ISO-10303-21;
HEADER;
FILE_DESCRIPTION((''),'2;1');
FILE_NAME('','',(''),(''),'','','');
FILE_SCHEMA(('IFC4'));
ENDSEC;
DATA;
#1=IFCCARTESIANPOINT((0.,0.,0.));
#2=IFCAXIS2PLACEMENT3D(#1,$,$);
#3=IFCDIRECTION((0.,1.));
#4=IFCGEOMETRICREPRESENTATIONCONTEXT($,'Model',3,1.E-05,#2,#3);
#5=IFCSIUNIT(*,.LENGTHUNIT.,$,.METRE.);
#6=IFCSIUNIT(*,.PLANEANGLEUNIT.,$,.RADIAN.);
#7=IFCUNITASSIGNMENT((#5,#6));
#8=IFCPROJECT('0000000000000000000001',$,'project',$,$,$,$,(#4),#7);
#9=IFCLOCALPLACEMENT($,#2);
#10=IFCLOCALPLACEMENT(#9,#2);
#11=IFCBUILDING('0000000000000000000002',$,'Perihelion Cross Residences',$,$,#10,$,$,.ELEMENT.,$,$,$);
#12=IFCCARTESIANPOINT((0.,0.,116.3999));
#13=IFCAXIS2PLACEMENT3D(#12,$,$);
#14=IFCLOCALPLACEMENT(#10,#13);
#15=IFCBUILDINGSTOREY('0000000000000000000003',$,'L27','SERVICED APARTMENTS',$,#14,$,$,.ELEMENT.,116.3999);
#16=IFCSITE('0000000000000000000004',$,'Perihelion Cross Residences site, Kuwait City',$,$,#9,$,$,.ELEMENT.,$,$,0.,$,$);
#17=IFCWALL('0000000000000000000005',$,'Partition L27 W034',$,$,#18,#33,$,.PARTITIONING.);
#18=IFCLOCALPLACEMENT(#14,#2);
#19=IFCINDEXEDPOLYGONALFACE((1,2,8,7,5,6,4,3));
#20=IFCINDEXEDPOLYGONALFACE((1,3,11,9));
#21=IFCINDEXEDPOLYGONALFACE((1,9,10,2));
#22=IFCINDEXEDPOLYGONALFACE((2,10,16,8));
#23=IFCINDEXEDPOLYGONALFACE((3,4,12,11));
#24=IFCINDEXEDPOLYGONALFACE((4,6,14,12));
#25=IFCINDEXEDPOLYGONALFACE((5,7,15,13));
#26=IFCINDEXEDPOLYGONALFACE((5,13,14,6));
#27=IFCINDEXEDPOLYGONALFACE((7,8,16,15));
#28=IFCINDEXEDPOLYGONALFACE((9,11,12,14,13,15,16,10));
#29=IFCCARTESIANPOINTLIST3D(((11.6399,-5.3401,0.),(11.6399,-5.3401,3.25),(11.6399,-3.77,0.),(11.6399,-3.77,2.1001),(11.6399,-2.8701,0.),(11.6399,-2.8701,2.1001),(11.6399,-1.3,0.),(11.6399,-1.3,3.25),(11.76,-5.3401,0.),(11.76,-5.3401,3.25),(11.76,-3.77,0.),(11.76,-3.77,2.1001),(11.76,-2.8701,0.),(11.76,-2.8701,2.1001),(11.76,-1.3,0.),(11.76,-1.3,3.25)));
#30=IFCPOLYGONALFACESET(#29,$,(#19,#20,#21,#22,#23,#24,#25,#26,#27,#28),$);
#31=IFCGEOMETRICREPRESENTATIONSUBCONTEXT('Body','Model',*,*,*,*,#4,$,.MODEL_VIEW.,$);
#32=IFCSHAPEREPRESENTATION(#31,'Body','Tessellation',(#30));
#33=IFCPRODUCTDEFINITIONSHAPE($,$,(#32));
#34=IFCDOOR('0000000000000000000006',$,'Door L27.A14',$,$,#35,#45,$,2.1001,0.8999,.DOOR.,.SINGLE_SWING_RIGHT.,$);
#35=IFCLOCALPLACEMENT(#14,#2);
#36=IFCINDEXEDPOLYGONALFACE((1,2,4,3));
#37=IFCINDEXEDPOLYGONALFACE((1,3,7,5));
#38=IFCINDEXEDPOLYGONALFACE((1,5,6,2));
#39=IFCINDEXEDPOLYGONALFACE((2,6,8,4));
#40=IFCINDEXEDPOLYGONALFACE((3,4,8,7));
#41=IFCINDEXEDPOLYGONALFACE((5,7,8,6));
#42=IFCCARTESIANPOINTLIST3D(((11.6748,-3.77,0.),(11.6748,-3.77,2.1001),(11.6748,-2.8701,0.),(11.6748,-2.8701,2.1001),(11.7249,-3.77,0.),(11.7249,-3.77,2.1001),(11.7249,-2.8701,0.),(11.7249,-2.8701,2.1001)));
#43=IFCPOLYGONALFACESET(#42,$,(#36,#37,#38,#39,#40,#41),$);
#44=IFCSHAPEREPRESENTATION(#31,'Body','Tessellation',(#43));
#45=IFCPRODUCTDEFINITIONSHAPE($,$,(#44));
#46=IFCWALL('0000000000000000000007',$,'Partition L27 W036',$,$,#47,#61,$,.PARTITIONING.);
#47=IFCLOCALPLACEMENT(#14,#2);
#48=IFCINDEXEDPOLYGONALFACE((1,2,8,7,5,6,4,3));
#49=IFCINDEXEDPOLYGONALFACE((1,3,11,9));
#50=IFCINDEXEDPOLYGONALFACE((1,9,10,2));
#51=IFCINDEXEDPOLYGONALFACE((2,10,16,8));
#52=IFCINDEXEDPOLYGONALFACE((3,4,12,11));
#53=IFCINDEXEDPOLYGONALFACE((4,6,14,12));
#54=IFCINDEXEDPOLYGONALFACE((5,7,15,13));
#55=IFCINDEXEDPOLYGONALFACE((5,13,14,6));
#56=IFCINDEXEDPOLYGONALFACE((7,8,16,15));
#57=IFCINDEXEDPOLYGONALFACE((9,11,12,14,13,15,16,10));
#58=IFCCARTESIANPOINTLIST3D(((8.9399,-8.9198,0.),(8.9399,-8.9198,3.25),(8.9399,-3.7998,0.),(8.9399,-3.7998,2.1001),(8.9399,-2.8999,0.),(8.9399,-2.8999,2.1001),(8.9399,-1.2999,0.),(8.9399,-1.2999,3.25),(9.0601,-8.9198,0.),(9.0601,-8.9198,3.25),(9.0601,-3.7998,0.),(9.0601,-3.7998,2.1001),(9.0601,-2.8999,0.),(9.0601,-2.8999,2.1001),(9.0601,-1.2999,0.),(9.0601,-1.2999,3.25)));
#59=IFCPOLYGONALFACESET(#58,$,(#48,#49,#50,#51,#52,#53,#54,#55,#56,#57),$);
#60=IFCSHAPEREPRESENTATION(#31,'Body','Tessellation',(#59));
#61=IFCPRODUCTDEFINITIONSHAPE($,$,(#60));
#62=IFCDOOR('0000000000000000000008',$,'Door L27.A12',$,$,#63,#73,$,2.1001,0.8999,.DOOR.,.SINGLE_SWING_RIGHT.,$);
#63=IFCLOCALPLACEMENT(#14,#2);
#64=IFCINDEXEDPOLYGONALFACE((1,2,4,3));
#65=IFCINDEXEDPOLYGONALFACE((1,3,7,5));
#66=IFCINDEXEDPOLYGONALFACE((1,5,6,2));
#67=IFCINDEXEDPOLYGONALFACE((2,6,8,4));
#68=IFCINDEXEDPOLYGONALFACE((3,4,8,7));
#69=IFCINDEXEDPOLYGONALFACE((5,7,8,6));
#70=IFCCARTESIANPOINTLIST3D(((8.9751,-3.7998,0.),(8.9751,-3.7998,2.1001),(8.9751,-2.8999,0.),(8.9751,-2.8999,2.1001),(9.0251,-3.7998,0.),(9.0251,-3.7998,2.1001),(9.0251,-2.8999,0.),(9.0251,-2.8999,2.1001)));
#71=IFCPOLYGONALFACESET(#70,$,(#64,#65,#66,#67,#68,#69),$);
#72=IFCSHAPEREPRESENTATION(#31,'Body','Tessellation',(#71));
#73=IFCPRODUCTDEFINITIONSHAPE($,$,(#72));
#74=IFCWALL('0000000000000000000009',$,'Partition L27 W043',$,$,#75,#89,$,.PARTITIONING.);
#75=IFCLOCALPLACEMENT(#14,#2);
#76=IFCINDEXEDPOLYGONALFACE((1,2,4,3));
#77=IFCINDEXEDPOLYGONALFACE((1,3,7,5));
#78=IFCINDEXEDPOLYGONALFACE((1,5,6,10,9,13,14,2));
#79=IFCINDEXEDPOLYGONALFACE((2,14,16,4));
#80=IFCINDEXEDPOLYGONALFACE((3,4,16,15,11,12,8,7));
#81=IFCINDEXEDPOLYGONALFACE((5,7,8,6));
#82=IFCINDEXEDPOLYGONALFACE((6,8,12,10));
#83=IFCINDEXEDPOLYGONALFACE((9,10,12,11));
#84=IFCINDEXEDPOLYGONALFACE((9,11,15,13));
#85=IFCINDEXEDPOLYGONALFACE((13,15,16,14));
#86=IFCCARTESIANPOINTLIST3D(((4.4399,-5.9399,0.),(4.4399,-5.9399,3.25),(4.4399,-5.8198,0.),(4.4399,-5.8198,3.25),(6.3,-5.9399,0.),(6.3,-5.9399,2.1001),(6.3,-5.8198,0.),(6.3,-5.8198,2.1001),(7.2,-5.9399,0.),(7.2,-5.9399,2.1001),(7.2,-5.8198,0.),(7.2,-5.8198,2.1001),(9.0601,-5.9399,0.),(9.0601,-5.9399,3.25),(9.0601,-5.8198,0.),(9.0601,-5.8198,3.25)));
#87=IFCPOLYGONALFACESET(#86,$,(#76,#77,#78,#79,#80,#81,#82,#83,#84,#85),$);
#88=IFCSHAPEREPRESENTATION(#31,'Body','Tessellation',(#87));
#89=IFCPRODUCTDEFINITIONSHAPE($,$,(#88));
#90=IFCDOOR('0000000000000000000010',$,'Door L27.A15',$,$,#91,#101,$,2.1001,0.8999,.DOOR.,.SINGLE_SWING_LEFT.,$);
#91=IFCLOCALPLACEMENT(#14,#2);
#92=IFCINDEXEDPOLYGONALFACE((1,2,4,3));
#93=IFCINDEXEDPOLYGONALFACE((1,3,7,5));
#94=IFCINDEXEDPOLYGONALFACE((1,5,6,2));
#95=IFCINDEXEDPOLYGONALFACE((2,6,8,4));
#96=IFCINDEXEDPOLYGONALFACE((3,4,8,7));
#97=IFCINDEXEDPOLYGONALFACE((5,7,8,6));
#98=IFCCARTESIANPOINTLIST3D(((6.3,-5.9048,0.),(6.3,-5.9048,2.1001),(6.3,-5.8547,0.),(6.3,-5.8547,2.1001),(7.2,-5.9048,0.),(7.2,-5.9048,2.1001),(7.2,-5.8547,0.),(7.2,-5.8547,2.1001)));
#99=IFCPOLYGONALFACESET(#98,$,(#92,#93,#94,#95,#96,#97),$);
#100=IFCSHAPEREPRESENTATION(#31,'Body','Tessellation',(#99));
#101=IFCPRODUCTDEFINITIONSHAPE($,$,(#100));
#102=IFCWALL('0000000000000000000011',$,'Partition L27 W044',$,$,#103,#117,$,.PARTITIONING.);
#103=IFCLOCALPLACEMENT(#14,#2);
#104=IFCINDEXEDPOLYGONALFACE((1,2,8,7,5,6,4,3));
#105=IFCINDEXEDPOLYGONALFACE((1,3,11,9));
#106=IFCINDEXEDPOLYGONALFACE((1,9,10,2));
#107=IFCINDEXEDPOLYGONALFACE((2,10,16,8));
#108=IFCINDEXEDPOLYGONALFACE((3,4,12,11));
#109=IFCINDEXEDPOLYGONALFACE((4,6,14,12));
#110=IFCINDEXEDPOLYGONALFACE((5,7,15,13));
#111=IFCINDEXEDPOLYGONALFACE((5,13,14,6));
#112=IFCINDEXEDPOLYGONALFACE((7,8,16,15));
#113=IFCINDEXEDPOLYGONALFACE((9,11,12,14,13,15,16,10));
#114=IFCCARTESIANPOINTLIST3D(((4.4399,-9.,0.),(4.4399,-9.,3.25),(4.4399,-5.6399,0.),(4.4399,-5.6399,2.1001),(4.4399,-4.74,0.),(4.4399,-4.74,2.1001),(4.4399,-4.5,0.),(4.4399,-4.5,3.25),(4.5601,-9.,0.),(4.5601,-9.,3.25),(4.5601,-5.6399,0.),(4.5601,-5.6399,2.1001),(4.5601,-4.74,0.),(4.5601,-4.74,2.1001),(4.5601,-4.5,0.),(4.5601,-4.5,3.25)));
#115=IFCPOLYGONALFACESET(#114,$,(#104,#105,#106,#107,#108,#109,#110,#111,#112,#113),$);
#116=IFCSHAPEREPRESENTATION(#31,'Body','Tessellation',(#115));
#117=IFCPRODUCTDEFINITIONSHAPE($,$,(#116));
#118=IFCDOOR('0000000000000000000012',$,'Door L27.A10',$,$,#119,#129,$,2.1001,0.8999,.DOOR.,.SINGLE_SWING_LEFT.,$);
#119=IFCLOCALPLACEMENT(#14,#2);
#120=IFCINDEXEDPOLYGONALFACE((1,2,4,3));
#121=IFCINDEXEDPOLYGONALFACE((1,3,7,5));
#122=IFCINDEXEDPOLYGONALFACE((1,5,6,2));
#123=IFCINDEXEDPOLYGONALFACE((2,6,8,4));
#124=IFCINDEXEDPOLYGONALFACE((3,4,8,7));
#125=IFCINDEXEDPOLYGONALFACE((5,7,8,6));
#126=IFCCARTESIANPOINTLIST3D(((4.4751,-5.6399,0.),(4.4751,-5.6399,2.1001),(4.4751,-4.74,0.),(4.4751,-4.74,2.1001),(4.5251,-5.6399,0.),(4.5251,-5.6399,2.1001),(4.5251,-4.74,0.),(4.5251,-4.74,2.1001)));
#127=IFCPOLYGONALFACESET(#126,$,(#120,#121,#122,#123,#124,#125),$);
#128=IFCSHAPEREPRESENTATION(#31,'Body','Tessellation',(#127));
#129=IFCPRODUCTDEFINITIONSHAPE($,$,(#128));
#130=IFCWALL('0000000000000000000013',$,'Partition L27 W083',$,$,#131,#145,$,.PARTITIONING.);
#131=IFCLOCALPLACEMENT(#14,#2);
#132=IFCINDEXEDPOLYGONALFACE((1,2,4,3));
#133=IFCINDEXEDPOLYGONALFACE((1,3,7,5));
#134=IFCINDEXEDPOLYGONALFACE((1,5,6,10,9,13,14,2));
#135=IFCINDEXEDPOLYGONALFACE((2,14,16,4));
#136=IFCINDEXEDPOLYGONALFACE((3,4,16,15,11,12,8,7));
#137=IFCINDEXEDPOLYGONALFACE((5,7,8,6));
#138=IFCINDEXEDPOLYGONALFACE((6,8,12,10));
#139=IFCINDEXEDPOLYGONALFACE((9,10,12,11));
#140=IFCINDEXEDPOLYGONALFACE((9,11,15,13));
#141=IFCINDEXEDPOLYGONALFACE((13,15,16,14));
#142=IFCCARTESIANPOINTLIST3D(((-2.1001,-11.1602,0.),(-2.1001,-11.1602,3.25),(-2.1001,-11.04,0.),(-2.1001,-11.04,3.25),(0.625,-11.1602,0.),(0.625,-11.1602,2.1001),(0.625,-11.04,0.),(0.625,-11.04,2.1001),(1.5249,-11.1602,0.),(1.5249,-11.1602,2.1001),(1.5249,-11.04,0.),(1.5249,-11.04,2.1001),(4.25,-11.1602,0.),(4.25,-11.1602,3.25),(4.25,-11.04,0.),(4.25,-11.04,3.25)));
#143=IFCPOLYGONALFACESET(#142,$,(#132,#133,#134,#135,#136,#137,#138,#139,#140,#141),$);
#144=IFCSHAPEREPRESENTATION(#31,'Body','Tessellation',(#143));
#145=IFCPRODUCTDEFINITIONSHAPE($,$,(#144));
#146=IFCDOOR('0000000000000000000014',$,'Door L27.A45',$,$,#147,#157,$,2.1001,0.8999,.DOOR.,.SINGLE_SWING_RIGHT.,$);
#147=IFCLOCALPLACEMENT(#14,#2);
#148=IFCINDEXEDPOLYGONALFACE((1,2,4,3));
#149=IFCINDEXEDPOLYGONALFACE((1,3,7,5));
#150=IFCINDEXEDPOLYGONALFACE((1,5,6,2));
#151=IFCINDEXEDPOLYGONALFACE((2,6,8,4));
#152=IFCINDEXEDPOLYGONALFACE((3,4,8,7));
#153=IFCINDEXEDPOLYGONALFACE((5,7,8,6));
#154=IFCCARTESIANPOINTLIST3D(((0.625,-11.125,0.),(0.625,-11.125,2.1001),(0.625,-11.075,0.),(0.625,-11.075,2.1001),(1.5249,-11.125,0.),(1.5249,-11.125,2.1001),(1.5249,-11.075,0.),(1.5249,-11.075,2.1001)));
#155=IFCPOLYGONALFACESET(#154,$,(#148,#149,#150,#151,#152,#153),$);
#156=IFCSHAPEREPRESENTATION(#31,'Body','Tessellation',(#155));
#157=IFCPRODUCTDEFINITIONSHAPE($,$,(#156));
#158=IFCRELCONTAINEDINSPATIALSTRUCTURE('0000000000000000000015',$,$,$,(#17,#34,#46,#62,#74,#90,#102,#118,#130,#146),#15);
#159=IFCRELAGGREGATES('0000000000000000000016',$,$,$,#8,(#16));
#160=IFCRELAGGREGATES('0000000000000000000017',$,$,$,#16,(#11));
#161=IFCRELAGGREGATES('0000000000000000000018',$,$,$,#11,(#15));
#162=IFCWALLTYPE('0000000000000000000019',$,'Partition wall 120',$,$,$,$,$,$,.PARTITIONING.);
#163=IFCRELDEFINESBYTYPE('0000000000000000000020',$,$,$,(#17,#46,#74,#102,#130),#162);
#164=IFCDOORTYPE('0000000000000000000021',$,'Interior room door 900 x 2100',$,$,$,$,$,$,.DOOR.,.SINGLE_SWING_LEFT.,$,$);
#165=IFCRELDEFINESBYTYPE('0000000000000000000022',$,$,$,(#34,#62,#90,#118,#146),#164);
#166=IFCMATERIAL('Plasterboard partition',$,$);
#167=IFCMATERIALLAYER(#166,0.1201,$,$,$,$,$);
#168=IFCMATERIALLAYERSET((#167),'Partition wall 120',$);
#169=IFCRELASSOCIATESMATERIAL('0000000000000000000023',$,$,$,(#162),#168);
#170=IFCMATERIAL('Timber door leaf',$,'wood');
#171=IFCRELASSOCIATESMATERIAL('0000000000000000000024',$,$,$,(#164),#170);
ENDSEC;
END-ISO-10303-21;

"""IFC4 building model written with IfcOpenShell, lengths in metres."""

from ifc_helpers import new_model, si_unit, direction, frame, frame_2d, origin, place, context, subcontext, project, spatial, rectangle, extrude, material, layer, layer_set, type_object, element, fill, save


model = new_model("IFC4")

# Units and contexts
model_context = context("Model", 3, precision=1e-05, world=origin(), true_north=direction((0.0, 1.0)))
body_context = subcontext(model_context, "Body", "Model", "MODEL_VIEW")
ifc_project = project(units=[si_unit("LENGTHUNIT", "METRE"), si_unit("PLANEANGLEUNIT", "RADIAN")], contexts=[model_context])

# Site, building, storey
site_placement = place(None, origin())
site = spatial("IfcSite", under=ifc_project, at=site_placement, Name="Perihelion Cross Residences site, Kuwait City", CompositionType="ELEMENT", RefElevation=0.0)
building_placement = place(site_placement, origin())
building = spatial("IfcBuilding", under=site, at=building_placement, Name="Perihelion Cross Residences", CompositionType="ELEMENT")
storey_placement = place(building_placement, frame((0.0, 0.0, 116.3999)))
storey = spatial("IfcBuildingStorey", under=building, at=storey_placement, Name="L27", Description="SERVICED APARTMENTS", CompositionType="ELEMENT", Elevation=116.3999)

# Shared definitions
ifc_material_1 = material(Name="Plasterboard partition")
ifc_layer_1 = layer(ifc_material_1, 0.1201)
ifc_layer_set_1 = layer_set([ifc_layer_1], Name="Partition wall 120")
wall_type_1 = type_object("IfcWallType", Name="Partition wall 120", PredefinedType="PARTITIONING", material=ifc_layer_set_1)

# Walls, openings, doors
wall_1_placement = place(storey_placement, frame((11.7, -1.3, 0.0), z_axis=(0.0, 0.0, 1.0), x_axis=(0.0, -1.0, 0.0)))
wall_1 = element("IfcWall", 1, at=wall_1_placement, inside=storey, type_object=wall_type_1, Name="Partition L27 W034", PredefinedType="PARTITIONING", context=body_context, shape_type="SweptSolid", body=[
    extrude(rectangle(XDim=4.04, YDim=0.1201, at=frame_2d((2.02, 0.0))), origin(), (0.0, 0.0, 1.0), 3.25),
])
opening_1_placement = place(wall_1_placement, frame((1.5701, 0.0, 0.0)))
opening_1 = element("IfcOpeningElement", 2, at=opening_1_placement, cuts=wall_1, PredefinedType="OPENING", context=body_context, shape_type="SweptSolid", body=[
    extrude(rectangle(XDim=0.8999, YDim=2.1001, at=frame_2d((0.45, 1.05))), frame((0.0, 0.0701, 0.0), z_axis=(0.0, -1.0, 0.0), x_axis=(1.0, 0.0, 0.0)), (0.0, 0.0, 1.0), 0.1401),
])
ifc_material_2 = material(Name="Timber door leaf", Category="wood")
door_type_1 = type_object("IfcDoorType", Name="Interior room door 900 x 2100", OperationType="SINGLE_SWING_LEFT", PredefinedType="DOOR", material=ifc_material_2)
door_1_placement = place(opening_1_placement, origin())
door_1 = element("IfcDoor", 3, at=door_1_placement, inside=storey, type_object=door_type_1, Name="Door L27.A14", OperationType="SINGLE_SWING_RIGHT", OverallHeight=2.1001, OverallWidth=0.8999, PredefinedType="DOOR", context=body_context, shape_type="SweptSolid", body=[
    extrude(rectangle(XDim=0.8999, YDim=2.1001, at=frame_2d((0.45, 1.05))), frame((0.0, 0.0249, 0.0), z_axis=(0.0, -1.0, 0.0), x_axis=(1.0, 0.0, 0.0)), (0.0, 0.0, 1.0), 0.05),
])
fill(opening_1, door_1)
wall_2_placement = place(storey_placement, frame((9.0, -8.9199, 0.0), z_axis=(0.0, 0.0, 1.0), x_axis=(0.0, 1.0, 0.0)))
wall_2 = element("IfcWall", 4, at=wall_2_placement, inside=storey, type_object=wall_type_1, Name="Partition L27 W036", PredefinedType="PARTITIONING", context=body_context, shape_type="SweptSolid", body=[
    extrude(rectangle(XDim=7.6199, YDim=0.1201, at=frame_2d((3.8101, 0.0))), origin(), (0.0, 0.0, 1.0), 3.25),
])
opening_2_placement = place(wall_2_placement, frame((5.1201, 0.0, 0.0)))
opening_2 = element("IfcOpeningElement", 5, at=opening_2_placement, cuts=wall_2, PredefinedType="OPENING", context=body_context, shape_type="SweptSolid", body=[
    extrude(rectangle(XDim=0.8999, YDim=2.1001, at=frame_2d((0.45, 1.05))), frame((0.0, 0.0701, 0.0), z_axis=(0.0, -1.0, 0.0), x_axis=(1.0, 0.0, 0.0)), (0.0, 0.0, 1.0), 0.1401),
])
door_2_placement = place(opening_2_placement, origin())
door_2 = element("IfcDoor", 6, at=door_2_placement, inside=storey, type_object=door_type_1, Name="Door L27.A12", OperationType="SINGLE_SWING_RIGHT", OverallHeight=2.1001, OverallWidth=0.8999, PredefinedType="DOOR", context=body_context, shape_type="SweptSolid", body=[
    extrude(rectangle(XDim=0.8999, YDim=2.1001, at=frame_2d((0.45, 1.05))), frame((0.0, 0.0249, 0.0), z_axis=(0.0, -1.0, 0.0), x_axis=(1.0, 0.0, 0.0)), (0.0, 0.0, 1.0), 0.05),
])
fill(opening_2, door_2)
wall_3_placement = place(storey_placement, frame((9.0601, -5.8799, 0.0), z_axis=(0.0, 0.0, 1.0), x_axis=(-1.0, 0.0, 0.0)))
wall_3 = element("IfcWall", 7, at=wall_3_placement, inside=storey, type_object=wall_type_1, Name="Partition L27 W043", PredefinedType="PARTITIONING", context=body_context, shape_type="SweptSolid", body=[
    extrude(rectangle(XDim=4.6201, YDim=0.1201, at=frame_2d((2.3101, 0.0))), origin(), (0.0, 0.0, 1.0), 3.25),
])
opening_3_placement = place(wall_3_placement, frame((1.8601, 0.0, 0.0)))
opening_3 = element("IfcOpeningElement", 8, at=opening_3_placement, cuts=wall_3, PredefinedType="OPENING", context=body_context, shape_type="SweptSolid", body=[
    extrude(rectangle(XDim=0.8999, YDim=2.1001, at=frame_2d((0.45, 1.05))), frame((0.0, 0.0701, 0.0), z_axis=(0.0, -1.0, 0.0), x_axis=(1.0, 0.0, 0.0)), (0.0, 0.0, 1.0), 0.1401),
])
door_3_placement = place(opening_3_placement, origin())
door_3 = element("IfcDoor", 9, at=door_3_placement, inside=storey, type_object=door_type_1, Name="Door L27.A15", OperationType="SINGLE_SWING_LEFT", OverallHeight=2.1001, OverallWidth=0.8999, PredefinedType="DOOR", context=body_context, shape_type="SweptSolid", body=[
    extrude(rectangle(XDim=0.8999, YDim=2.1001, at=frame_2d((0.45, 1.05))), frame((0.0, 0.0249, 0.0), z_axis=(0.0, -1.0, 0.0), x_axis=(1.0, 0.0, 0.0)), (0.0, 0.0, 1.0), 0.05),
])
fill(opening_3, door_3)
wall_4_placement = place(storey_placement, frame((4.5, -9.0, 0.0), z_axis=(0.0, 0.0, 1.0), x_axis=(0.0, 1.0, 0.0)))
wall_4 = element("IfcWall", 10, at=wall_4_placement, inside=storey, type_object=wall_type_1, Name="Partition L27 W044", PredefinedType="PARTITIONING", context=body_context, shape_type="SweptSolid", body=[
    extrude(rectangle(XDim=4.5, YDim=0.1201, at=frame_2d((2.25, 0.0))), origin(), (0.0, 0.0, 1.0), 3.25),
])
opening_4_placement = place(wall_4_placement, frame((3.3601, 0.0, 0.0)))
opening_4 = element("IfcOpeningElement", 11, at=opening_4_placement, cuts=wall_4, PredefinedType="OPENING", context=body_context, shape_type="SweptSolid", body=[
    extrude(rectangle(XDim=0.8999, YDim=2.1001, at=frame_2d((0.45, 1.05))), frame((0.0, 0.0701, 0.0), z_axis=(0.0, -1.0, 0.0), x_axis=(1.0, 0.0, 0.0)), (0.0, 0.0, 1.0), 0.1401),
])
door_4_placement = place(opening_4_placement, origin())
door_4 = element("IfcDoor", 12, at=door_4_placement, inside=storey, type_object=door_type_1, Name="Door L27.A10", OperationType="SINGLE_SWING_LEFT", OverallHeight=2.1001, OverallWidth=0.8999, PredefinedType="DOOR", context=body_context, shape_type="SweptSolid", body=[
    extrude(rectangle(XDim=0.8999, YDim=2.1001, at=frame_2d((0.45, 1.05))), frame((0.0, 0.0249, 0.0), z_axis=(0.0, -1.0, 0.0), x_axis=(1.0, 0.0, 0.0)), (0.0, 0.0, 1.0), 0.05),
])
fill(opening_4, door_4)
wall_5_placement = place(storey_placement, frame((4.25, -11.1001, 0.0), z_axis=(0.0, 0.0, 1.0), x_axis=(-1.0, 0.0, 0.0)))
wall_5 = element("IfcWall", 13, at=wall_5_placement, inside=storey, type_object=wall_type_1, Name="Partition L27 W083", PredefinedType="PARTITIONING", context=body_context, shape_type="SweptSolid", body=[
    extrude(rectangle(XDim=6.3501, YDim=0.1201, at=frame_2d((3.175, 0.0))), origin(), (0.0, 0.0, 1.0), 3.25),
])
opening_5_placement = place(wall_5_placement, frame((2.7251, 0.0, 0.0)))
opening_5 = element("IfcOpeningElement", 14, at=opening_5_placement, cuts=wall_5, PredefinedType="OPENING", context=body_context, shape_type="SweptSolid", body=[
    extrude(rectangle(XDim=0.8999, YDim=2.1001, at=frame_2d((0.45, 1.05))), frame((0.0, 0.0701, 0.0), z_axis=(0.0, -1.0, 0.0), x_axis=(1.0, 0.0, 0.0)), (0.0, 0.0, 1.0), 0.1401),
])
door_5_placement = place(opening_5_placement, origin())
door_5 = element("IfcDoor", 15, at=door_5_placement, inside=storey, type_object=door_type_1, Name="Door L27.A45", OperationType="SINGLE_SWING_RIGHT", OverallHeight=2.1001, OverallWidth=0.8999, PredefinedType="DOOR", context=body_context, shape_type="SweptSolid", body=[
    extrude(rectangle(XDim=0.8999, YDim=2.1001, at=frame_2d((0.45, 1.05))), frame((0.0, 0.0249, 0.0), z_axis=(0.0, -1.0, 0.0), x_axis=(1.0, 0.0, 0.0)), (0.0, 0.0, 1.0), 0.05),
])
fill(opening_5, door_5)

save(model, "model.ifc")
